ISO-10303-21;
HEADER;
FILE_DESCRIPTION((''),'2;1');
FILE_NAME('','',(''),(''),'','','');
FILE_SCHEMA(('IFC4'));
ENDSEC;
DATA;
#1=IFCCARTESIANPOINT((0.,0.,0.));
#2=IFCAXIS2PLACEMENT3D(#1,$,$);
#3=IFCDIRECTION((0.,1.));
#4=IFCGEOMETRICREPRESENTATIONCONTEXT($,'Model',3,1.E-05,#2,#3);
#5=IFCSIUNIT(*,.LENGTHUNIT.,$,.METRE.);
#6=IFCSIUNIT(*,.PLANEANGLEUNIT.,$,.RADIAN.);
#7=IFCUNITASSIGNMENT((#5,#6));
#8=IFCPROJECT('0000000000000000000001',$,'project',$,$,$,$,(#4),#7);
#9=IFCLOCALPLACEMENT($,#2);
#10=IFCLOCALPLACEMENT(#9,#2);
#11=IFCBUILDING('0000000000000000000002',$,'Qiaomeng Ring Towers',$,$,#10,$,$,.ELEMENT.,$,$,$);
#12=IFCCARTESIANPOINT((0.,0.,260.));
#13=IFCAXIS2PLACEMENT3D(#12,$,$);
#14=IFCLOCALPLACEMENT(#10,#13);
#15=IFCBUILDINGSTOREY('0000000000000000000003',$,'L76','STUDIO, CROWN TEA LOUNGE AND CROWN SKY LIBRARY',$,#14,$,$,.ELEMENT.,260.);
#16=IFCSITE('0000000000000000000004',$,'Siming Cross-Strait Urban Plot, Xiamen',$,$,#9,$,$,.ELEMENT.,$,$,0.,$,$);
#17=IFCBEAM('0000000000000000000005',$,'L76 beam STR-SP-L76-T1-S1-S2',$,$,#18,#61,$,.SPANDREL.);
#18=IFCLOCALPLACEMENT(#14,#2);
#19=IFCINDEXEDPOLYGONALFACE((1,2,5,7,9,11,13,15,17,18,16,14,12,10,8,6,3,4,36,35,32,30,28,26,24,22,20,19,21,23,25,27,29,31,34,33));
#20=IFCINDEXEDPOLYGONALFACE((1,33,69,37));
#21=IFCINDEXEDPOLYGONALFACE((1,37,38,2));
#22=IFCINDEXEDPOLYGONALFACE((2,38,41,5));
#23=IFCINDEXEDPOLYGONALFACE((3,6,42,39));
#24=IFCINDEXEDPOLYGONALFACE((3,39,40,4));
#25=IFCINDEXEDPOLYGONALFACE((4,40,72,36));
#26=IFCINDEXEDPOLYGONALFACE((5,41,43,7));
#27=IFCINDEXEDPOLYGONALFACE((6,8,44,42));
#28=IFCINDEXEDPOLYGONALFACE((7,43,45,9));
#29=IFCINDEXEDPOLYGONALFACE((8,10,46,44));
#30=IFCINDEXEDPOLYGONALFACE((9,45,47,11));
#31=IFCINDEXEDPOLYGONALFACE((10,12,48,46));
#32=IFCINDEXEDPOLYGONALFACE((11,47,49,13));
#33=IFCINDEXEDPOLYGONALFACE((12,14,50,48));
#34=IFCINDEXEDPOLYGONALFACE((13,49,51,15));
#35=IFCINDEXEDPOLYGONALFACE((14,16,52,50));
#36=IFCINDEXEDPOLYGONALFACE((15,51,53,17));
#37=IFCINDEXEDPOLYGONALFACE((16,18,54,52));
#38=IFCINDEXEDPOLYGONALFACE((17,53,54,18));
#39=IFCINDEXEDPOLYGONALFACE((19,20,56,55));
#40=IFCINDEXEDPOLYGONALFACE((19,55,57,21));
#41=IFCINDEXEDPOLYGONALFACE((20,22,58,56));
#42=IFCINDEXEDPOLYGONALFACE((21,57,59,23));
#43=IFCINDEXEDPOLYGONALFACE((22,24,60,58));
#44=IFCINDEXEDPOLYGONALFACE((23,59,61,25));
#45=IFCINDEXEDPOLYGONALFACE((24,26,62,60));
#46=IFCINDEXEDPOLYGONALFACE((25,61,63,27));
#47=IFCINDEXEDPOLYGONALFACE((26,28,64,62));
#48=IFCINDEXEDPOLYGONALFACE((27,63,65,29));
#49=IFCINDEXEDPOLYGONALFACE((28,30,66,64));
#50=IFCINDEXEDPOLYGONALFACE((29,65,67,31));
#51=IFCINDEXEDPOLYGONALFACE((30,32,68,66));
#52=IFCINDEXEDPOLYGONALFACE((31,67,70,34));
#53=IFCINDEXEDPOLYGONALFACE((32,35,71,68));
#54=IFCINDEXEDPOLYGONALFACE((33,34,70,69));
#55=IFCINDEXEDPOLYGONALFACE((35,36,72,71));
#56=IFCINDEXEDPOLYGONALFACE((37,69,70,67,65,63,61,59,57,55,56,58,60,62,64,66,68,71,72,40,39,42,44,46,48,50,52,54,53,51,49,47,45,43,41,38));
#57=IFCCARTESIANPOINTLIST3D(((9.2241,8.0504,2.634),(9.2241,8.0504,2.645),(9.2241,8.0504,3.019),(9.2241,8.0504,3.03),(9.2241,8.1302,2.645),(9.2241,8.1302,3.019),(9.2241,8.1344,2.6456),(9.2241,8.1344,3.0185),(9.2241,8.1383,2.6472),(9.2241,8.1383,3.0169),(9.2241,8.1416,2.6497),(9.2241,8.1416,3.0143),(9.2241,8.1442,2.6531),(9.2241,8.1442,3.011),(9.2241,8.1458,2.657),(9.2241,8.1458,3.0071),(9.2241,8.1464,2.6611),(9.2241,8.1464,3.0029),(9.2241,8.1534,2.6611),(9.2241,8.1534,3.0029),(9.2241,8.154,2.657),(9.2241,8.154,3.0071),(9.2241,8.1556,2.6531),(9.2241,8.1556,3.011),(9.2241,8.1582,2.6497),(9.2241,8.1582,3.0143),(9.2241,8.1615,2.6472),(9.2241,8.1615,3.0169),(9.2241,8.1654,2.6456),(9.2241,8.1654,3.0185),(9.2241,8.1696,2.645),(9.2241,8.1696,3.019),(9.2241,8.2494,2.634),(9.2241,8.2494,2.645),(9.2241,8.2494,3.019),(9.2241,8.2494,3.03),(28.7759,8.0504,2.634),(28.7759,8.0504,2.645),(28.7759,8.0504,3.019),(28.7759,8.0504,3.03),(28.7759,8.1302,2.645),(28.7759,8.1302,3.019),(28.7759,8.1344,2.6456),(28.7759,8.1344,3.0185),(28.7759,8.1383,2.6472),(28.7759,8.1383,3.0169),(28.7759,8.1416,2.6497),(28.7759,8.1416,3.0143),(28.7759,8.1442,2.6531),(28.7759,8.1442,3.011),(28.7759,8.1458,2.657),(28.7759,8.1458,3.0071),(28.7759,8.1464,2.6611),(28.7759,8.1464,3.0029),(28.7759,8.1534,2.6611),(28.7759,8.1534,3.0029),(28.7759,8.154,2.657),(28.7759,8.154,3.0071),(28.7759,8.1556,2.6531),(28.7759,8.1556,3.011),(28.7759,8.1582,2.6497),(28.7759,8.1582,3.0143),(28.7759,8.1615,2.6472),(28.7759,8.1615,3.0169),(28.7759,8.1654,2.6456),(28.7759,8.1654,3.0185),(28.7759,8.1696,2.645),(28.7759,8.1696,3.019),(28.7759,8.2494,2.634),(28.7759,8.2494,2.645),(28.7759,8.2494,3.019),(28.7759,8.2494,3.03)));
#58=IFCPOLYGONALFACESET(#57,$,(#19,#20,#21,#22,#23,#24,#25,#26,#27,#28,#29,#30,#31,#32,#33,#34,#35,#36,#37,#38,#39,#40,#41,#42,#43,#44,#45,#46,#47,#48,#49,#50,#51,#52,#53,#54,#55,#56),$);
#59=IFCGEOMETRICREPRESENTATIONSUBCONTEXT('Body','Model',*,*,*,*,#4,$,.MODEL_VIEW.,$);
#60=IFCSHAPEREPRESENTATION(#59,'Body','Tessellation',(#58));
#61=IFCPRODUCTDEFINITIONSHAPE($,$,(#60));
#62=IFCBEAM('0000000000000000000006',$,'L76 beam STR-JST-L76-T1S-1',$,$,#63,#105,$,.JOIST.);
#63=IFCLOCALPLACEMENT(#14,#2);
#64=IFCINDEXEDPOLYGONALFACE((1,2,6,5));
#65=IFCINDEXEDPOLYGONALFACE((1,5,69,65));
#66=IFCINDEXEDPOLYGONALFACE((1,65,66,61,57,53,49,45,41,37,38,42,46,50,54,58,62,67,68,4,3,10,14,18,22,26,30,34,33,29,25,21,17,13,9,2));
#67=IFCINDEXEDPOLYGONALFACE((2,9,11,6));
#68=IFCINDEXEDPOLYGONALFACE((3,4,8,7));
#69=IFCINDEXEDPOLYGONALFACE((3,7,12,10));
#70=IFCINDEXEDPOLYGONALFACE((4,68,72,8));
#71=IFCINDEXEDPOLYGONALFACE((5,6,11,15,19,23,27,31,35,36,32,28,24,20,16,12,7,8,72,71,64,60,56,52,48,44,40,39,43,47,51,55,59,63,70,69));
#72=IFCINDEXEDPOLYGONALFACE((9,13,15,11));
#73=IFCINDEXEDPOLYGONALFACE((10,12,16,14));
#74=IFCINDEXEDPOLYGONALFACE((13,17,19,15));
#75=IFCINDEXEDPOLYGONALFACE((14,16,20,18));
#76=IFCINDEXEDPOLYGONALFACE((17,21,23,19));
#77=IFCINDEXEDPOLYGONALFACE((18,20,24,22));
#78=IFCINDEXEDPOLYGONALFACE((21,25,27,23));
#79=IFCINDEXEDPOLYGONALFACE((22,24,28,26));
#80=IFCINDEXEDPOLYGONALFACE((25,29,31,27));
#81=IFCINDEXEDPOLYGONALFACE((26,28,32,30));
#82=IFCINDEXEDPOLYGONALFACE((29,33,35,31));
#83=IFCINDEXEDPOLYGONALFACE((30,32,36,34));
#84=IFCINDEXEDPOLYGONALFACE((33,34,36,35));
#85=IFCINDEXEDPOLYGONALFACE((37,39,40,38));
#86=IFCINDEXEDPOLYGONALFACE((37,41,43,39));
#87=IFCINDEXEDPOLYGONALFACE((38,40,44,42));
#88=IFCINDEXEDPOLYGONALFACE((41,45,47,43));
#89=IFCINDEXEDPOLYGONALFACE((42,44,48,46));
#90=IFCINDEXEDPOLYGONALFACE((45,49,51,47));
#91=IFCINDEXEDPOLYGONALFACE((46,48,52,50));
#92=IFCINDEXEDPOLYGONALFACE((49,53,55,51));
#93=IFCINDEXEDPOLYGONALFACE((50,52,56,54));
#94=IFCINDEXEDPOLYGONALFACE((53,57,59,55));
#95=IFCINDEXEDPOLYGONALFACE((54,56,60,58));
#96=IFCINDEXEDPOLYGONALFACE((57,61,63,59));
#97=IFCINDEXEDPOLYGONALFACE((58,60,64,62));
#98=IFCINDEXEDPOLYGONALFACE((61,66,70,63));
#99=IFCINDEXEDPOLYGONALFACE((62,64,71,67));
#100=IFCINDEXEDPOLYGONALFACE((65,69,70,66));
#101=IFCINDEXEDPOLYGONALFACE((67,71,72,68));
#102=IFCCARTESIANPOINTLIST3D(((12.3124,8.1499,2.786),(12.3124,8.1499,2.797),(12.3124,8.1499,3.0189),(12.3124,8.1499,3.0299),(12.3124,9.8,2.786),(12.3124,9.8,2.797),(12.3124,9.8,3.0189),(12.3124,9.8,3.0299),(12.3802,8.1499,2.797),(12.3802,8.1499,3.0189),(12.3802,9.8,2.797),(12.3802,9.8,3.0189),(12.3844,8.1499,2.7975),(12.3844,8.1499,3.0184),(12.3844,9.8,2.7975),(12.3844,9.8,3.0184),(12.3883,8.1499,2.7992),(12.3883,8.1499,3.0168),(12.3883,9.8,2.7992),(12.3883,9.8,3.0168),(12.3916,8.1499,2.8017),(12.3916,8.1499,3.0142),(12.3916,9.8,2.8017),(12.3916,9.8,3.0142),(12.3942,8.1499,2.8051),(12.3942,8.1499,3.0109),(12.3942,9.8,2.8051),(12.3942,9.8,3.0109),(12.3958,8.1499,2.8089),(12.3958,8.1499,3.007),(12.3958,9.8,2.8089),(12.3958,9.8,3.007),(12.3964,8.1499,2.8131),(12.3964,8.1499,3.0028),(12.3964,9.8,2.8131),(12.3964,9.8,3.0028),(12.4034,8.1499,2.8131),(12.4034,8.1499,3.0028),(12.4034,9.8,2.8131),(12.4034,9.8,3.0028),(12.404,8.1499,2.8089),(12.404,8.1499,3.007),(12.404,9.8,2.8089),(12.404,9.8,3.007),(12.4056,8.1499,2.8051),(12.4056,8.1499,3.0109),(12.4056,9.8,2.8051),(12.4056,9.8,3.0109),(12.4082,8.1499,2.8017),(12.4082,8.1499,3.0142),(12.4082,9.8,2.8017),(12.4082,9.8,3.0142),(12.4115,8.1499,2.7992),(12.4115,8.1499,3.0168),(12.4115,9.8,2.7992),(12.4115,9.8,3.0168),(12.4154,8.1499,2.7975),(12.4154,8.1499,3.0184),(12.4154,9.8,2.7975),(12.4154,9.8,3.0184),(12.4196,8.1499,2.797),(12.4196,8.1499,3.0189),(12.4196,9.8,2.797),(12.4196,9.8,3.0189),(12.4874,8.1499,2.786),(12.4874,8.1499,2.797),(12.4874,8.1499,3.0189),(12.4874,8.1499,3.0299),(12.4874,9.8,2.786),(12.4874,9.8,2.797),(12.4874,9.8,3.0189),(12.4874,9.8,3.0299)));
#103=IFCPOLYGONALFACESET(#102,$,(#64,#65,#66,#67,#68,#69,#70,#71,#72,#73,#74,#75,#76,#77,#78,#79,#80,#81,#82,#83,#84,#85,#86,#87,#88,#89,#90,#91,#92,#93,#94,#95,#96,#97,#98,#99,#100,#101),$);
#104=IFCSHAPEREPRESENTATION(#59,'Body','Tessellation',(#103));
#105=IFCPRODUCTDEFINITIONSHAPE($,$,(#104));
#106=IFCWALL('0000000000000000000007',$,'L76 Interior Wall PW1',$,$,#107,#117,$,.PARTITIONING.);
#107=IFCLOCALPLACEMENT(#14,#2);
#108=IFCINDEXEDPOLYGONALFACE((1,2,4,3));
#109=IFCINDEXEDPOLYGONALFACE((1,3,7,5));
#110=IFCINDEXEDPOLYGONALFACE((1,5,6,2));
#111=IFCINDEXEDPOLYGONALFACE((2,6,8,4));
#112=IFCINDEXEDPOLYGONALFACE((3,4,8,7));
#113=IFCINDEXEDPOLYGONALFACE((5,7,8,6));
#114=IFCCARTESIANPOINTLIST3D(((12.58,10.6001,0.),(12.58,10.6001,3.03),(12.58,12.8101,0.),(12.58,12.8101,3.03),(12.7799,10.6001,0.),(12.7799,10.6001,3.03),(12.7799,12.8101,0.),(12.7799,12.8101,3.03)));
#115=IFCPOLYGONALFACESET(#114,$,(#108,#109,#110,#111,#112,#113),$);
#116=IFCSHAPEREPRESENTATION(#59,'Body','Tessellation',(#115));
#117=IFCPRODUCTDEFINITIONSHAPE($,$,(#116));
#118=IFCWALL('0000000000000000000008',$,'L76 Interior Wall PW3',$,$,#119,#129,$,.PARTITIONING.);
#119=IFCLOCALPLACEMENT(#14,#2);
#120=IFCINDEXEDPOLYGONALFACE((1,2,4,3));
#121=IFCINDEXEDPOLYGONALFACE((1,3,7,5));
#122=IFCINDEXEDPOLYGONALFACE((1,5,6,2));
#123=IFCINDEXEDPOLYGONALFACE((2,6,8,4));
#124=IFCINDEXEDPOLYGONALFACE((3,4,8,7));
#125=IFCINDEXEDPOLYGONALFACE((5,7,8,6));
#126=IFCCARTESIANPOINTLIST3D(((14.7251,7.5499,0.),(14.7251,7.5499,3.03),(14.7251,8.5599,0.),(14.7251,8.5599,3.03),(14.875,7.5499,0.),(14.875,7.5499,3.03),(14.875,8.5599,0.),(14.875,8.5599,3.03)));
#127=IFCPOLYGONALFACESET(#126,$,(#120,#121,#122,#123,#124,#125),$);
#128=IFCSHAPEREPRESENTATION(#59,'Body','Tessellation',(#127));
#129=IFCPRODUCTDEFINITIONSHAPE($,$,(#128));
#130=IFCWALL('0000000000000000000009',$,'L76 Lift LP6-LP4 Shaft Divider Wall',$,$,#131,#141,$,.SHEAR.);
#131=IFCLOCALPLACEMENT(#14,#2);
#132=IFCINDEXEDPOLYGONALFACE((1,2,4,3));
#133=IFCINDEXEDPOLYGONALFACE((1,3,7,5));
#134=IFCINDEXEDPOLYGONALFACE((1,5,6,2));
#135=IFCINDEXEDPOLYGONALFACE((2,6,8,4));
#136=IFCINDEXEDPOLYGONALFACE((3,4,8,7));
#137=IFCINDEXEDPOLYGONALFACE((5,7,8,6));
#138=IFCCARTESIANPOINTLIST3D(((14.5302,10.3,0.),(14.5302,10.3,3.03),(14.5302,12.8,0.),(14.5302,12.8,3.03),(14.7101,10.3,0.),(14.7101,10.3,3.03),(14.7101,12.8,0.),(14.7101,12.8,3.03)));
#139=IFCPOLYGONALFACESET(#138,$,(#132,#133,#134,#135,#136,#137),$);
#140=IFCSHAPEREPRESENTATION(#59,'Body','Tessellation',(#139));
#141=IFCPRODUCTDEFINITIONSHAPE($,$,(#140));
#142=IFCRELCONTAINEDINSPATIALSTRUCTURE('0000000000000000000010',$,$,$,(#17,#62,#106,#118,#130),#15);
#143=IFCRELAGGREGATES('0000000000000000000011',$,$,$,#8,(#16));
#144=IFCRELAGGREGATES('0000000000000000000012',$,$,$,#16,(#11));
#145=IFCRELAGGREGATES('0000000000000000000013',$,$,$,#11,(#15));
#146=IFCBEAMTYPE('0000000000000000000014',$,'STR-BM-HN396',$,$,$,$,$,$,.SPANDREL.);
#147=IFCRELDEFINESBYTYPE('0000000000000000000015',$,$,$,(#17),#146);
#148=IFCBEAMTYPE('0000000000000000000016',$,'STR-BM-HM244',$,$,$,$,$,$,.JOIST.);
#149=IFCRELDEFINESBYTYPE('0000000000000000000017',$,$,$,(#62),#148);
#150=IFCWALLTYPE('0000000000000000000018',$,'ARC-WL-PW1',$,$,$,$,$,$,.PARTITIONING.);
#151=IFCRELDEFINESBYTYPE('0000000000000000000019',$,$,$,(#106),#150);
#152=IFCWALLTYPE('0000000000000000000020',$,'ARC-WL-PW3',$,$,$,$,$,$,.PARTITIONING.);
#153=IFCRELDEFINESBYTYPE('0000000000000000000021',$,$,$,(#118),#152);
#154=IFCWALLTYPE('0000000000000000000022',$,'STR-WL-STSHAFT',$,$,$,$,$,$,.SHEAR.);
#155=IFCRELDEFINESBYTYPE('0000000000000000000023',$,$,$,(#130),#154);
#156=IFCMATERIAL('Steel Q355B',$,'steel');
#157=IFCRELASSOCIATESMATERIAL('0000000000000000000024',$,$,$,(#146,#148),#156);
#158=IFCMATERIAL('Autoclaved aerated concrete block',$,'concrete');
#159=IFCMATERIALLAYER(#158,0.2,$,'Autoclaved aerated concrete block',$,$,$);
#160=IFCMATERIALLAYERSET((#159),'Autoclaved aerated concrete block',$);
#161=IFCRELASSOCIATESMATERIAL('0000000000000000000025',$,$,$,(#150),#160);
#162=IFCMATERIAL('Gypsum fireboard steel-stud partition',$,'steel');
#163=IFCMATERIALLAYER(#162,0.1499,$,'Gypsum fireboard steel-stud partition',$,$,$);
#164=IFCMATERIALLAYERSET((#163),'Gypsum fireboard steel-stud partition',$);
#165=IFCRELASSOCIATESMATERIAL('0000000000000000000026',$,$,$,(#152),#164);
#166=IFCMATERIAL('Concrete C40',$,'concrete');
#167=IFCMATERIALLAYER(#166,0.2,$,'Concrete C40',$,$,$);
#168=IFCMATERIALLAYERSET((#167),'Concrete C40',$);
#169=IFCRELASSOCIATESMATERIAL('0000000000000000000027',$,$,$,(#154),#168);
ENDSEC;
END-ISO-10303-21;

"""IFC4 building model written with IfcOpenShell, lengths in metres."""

from ifc_helpers import new_model, si_unit, direction, frame, frame_2d, origin, origin_2d, place, context, subcontext, project, spatial, rectangle, i_section, extrude, source, transform, mapped, material, layer, layer_set, material_profile, profile_set, type_object, element, save


model = new_model("IFC4")

# Units and contexts
model_context = context("Model", 3, precision=1e-05, world=origin(), true_north=direction((0.0, 1.0)))
body_context = subcontext(model_context, "Body", "Model", "MODEL_VIEW")
ifc_project = project(units=[si_unit("LENGTHUNIT", "METRE"), si_unit("PLANEANGLEUNIT", "RADIAN")], contexts=[model_context])

# Site, building, storey
site_placement = place(None, origin())
site = spatial("IfcSite", under=ifc_project, at=site_placement, Name="Siming Cross-Strait Urban Plot, Xiamen", CompositionType="ELEMENT", RefElevation=0.0)
building_placement = place(site_placement, origin())
building = spatial("IfcBuilding", under=site, at=building_placement, Name="Qiaomeng Ring Towers", CompositionType="ELEMENT")
storey_placement = place(building_placement, frame((0.0, 0.0, 260.0)))
storey = spatial("IfcBuildingStorey", under=building, at=storey_placement, Name="L76", Description="STUDIO, CROWN TEA LOUNGE AND CROWN SKY LIBRARY", CompositionType="ELEMENT", Elevation=260.0)

# Beams
ifc_material_1 = material(Name="Steel Q355B", Category="steel")
ifc_material_profile_1 = material_profile(ifc_material_1, i_section(OverallWidth=0.199, OverallDepth=0.396, WebThickness=0.0071, FlangeThickness=0.011, FilletRadius=0.0161, at=origin_2d()), Name="HN 396x199x7x11")
ifc_profile_set_1 = profile_set([ifc_material_profile_1], Name="Steel Q355B")
beam_type_1 = type_object("IfcBeamType", Name="STR-BM-HN396", PredefinedType="SPANDREL", material=ifc_profile_set_1)
shared_shape_1 = source(origin(), body_context, "Body", "SweptSolid", [
    extrude(i_section(OverallWidth=0.199, OverallDepth=0.396, WebThickness=0.0071, FlangeThickness=0.011, FilletRadius=0.0161, at=origin_2d()), origin(), (0.0, 0.0, 1.0), 19.5518),
])
beam_1_placement = place(storey_placement, frame((9.2241, 8.1499, 2.832), z_axis=(1.0, 0.0, 0.0), x_axis=(0.0, 1.0, 0.0)))
element("IfcBeam", 1, at=beam_1_placement, inside=storey, type_object=beam_type_1, Name="L76 beam STR-SP-L76-T1-S1-S2", PredefinedType="SPANDREL", context=body_context, shape_type="MappedRepresentation", body=[
    mapped(shared_shape_1, transform((0.0, 0.0, 0.0), x_axis=(1.0, 0.0, 0.0), y_axis=(0.0, 1.0, 0.0), z_axis=(0.0, 0.0, 1.0), scale=1.0)),
])
ifc_material_profile_2 = material_profile(ifc_material_1, i_section(OverallWidth=0.175, OverallDepth=0.2439, WebThickness=0.0071, FlangeThickness=0.011, FilletRadius=0.0161, at=origin_2d()), Name="HM 244x175x7x11")
ifc_profile_set_2 = profile_set([ifc_material_profile_2], Name="Steel Q355B")
beam_type_2 = type_object("IfcBeamType", Name="STR-BM-HM244", PredefinedType="JOIST", material=ifc_profile_set_2)
shared_shape_2 = source(origin(), body_context, "Body", "SweptSolid", [
    extrude(i_section(OverallWidth=0.175, OverallDepth=0.2439, WebThickness=0.0071, FlangeThickness=0.011, FilletRadius=0.0161, at=origin_2d()), origin(), (0.0, 0.0, 1.0), 1.6501),
])
beam_2_placement = place(storey_placement, frame((12.3999, 8.1499, 2.908), z_axis=(0.0, 1.0, 0.0), x_axis=(-1.0, 0.0, 0.0)))
element("IfcBeam", 2, at=beam_2_placement, inside=storey, type_object=beam_type_2, Name="L76 beam STR-JST-L76-T1S-1", PredefinedType="JOIST", context=body_context, shape_type="MappedRepresentation", body=[
    mapped(shared_shape_2, transform((0.0, 0.0, 0.0), x_axis=(1.0, 0.0, 0.0), y_axis=(0.0, 1.0, 0.0), z_axis=(0.0, 0.0, 1.0), scale=1.0)),
])

# Walls
ifc_material_2 = material(Name="Autoclaved aerated concrete block", Category="concrete")
ifc_layer_1 = layer(ifc_material_2, 0.2, Name="Autoclaved aerated concrete block")
ifc_layer_set_1 = layer_set([ifc_layer_1], Name="Autoclaved aerated concrete block")
wall_type_1 = type_object("IfcWallType", Name="ARC-WL-PW1", PredefinedType="PARTITIONING", material=ifc_layer_set_1)
wall_1_placement = place(storey_placement, frame((12.6799, 10.6001, 0.0), z_axis=(0.0, 0.0, 1.0), x_axis=(0.0, 1.0, 0.0)))
element("IfcWall", 3, at=wall_1_placement, inside=storey, type_object=wall_type_1, Name="L76 Interior Wall PW1", PredefinedType="PARTITIONING", context=body_context, shape_type="SweptSolid", body=[
    extrude(rectangle(XDim=2.21, YDim=0.2, at=frame_2d((1.105, 0.0))), origin(), (0.0, 0.0, 1.0), 3.03),
])
ifc_material_3 = material(Name="Gypsum fireboard steel-stud partition", Category="steel")
ifc_layer_2 = layer(ifc_material_3, 0.1499, Name="Gypsum fireboard steel-stud partition")
ifc_layer_set_2 = layer_set([ifc_layer_2], Name="Gypsum fireboard steel-stud partition")
wall_type_2 = type_object("IfcWallType", Name="ARC-WL-PW3", PredefinedType="PARTITIONING", material=ifc_layer_set_2)
wall_2_placement = place(storey_placement, frame((14.8, 7.55, 0.0), z_axis=(0.0, 0.0, 1.0), x_axis=(0.0, 1.0, 0.0)))
element("IfcWall", 4, at=wall_2_placement, inside=storey, type_object=wall_type_2, Name="L76 Interior Wall PW3", PredefinedType="PARTITIONING", context=body_context, shape_type="SweptSolid", body=[
    extrude(rectangle(XDim=1.01, YDim=0.1499, at=frame_2d((0.5049, 0.0))), origin(), (0.0, 0.0, 1.0), 3.03),
])
ifc_material_4 = material(Name="Concrete C40", Category="concrete")
ifc_layer_3 = layer(ifc_material_4, 0.2, Name="Concrete C40")
ifc_layer_set_3 = layer_set([ifc_layer_3], Name="Concrete C40")
wall_type_3 = type_object("IfcWallType", Name="STR-WL-STSHAFT", PredefinedType="SHEAR", material=ifc_layer_set_3)
wall_3_placement = place(storey_placement, frame((14.6201, 10.3, 0.0), z_axis=(0.0, 0.0, 1.0), x_axis=(0.0, 1.0, 0.0)))
element("IfcWall", 5, at=wall_3_placement, inside=storey, type_object=wall_type_3, Name="L76 Lift LP6-LP4 Shaft Divider Wall", PredefinedType="SHEAR", context=body_context, shape_type="SweptSolid", body=[
    extrude(rectangle(XDim=2.5, YDim=0.1799, at=frame_2d((1.25, 0.0))), origin(), (0.0, 0.0, 1.0), 3.03),
])

save(model, "model.ifc")
